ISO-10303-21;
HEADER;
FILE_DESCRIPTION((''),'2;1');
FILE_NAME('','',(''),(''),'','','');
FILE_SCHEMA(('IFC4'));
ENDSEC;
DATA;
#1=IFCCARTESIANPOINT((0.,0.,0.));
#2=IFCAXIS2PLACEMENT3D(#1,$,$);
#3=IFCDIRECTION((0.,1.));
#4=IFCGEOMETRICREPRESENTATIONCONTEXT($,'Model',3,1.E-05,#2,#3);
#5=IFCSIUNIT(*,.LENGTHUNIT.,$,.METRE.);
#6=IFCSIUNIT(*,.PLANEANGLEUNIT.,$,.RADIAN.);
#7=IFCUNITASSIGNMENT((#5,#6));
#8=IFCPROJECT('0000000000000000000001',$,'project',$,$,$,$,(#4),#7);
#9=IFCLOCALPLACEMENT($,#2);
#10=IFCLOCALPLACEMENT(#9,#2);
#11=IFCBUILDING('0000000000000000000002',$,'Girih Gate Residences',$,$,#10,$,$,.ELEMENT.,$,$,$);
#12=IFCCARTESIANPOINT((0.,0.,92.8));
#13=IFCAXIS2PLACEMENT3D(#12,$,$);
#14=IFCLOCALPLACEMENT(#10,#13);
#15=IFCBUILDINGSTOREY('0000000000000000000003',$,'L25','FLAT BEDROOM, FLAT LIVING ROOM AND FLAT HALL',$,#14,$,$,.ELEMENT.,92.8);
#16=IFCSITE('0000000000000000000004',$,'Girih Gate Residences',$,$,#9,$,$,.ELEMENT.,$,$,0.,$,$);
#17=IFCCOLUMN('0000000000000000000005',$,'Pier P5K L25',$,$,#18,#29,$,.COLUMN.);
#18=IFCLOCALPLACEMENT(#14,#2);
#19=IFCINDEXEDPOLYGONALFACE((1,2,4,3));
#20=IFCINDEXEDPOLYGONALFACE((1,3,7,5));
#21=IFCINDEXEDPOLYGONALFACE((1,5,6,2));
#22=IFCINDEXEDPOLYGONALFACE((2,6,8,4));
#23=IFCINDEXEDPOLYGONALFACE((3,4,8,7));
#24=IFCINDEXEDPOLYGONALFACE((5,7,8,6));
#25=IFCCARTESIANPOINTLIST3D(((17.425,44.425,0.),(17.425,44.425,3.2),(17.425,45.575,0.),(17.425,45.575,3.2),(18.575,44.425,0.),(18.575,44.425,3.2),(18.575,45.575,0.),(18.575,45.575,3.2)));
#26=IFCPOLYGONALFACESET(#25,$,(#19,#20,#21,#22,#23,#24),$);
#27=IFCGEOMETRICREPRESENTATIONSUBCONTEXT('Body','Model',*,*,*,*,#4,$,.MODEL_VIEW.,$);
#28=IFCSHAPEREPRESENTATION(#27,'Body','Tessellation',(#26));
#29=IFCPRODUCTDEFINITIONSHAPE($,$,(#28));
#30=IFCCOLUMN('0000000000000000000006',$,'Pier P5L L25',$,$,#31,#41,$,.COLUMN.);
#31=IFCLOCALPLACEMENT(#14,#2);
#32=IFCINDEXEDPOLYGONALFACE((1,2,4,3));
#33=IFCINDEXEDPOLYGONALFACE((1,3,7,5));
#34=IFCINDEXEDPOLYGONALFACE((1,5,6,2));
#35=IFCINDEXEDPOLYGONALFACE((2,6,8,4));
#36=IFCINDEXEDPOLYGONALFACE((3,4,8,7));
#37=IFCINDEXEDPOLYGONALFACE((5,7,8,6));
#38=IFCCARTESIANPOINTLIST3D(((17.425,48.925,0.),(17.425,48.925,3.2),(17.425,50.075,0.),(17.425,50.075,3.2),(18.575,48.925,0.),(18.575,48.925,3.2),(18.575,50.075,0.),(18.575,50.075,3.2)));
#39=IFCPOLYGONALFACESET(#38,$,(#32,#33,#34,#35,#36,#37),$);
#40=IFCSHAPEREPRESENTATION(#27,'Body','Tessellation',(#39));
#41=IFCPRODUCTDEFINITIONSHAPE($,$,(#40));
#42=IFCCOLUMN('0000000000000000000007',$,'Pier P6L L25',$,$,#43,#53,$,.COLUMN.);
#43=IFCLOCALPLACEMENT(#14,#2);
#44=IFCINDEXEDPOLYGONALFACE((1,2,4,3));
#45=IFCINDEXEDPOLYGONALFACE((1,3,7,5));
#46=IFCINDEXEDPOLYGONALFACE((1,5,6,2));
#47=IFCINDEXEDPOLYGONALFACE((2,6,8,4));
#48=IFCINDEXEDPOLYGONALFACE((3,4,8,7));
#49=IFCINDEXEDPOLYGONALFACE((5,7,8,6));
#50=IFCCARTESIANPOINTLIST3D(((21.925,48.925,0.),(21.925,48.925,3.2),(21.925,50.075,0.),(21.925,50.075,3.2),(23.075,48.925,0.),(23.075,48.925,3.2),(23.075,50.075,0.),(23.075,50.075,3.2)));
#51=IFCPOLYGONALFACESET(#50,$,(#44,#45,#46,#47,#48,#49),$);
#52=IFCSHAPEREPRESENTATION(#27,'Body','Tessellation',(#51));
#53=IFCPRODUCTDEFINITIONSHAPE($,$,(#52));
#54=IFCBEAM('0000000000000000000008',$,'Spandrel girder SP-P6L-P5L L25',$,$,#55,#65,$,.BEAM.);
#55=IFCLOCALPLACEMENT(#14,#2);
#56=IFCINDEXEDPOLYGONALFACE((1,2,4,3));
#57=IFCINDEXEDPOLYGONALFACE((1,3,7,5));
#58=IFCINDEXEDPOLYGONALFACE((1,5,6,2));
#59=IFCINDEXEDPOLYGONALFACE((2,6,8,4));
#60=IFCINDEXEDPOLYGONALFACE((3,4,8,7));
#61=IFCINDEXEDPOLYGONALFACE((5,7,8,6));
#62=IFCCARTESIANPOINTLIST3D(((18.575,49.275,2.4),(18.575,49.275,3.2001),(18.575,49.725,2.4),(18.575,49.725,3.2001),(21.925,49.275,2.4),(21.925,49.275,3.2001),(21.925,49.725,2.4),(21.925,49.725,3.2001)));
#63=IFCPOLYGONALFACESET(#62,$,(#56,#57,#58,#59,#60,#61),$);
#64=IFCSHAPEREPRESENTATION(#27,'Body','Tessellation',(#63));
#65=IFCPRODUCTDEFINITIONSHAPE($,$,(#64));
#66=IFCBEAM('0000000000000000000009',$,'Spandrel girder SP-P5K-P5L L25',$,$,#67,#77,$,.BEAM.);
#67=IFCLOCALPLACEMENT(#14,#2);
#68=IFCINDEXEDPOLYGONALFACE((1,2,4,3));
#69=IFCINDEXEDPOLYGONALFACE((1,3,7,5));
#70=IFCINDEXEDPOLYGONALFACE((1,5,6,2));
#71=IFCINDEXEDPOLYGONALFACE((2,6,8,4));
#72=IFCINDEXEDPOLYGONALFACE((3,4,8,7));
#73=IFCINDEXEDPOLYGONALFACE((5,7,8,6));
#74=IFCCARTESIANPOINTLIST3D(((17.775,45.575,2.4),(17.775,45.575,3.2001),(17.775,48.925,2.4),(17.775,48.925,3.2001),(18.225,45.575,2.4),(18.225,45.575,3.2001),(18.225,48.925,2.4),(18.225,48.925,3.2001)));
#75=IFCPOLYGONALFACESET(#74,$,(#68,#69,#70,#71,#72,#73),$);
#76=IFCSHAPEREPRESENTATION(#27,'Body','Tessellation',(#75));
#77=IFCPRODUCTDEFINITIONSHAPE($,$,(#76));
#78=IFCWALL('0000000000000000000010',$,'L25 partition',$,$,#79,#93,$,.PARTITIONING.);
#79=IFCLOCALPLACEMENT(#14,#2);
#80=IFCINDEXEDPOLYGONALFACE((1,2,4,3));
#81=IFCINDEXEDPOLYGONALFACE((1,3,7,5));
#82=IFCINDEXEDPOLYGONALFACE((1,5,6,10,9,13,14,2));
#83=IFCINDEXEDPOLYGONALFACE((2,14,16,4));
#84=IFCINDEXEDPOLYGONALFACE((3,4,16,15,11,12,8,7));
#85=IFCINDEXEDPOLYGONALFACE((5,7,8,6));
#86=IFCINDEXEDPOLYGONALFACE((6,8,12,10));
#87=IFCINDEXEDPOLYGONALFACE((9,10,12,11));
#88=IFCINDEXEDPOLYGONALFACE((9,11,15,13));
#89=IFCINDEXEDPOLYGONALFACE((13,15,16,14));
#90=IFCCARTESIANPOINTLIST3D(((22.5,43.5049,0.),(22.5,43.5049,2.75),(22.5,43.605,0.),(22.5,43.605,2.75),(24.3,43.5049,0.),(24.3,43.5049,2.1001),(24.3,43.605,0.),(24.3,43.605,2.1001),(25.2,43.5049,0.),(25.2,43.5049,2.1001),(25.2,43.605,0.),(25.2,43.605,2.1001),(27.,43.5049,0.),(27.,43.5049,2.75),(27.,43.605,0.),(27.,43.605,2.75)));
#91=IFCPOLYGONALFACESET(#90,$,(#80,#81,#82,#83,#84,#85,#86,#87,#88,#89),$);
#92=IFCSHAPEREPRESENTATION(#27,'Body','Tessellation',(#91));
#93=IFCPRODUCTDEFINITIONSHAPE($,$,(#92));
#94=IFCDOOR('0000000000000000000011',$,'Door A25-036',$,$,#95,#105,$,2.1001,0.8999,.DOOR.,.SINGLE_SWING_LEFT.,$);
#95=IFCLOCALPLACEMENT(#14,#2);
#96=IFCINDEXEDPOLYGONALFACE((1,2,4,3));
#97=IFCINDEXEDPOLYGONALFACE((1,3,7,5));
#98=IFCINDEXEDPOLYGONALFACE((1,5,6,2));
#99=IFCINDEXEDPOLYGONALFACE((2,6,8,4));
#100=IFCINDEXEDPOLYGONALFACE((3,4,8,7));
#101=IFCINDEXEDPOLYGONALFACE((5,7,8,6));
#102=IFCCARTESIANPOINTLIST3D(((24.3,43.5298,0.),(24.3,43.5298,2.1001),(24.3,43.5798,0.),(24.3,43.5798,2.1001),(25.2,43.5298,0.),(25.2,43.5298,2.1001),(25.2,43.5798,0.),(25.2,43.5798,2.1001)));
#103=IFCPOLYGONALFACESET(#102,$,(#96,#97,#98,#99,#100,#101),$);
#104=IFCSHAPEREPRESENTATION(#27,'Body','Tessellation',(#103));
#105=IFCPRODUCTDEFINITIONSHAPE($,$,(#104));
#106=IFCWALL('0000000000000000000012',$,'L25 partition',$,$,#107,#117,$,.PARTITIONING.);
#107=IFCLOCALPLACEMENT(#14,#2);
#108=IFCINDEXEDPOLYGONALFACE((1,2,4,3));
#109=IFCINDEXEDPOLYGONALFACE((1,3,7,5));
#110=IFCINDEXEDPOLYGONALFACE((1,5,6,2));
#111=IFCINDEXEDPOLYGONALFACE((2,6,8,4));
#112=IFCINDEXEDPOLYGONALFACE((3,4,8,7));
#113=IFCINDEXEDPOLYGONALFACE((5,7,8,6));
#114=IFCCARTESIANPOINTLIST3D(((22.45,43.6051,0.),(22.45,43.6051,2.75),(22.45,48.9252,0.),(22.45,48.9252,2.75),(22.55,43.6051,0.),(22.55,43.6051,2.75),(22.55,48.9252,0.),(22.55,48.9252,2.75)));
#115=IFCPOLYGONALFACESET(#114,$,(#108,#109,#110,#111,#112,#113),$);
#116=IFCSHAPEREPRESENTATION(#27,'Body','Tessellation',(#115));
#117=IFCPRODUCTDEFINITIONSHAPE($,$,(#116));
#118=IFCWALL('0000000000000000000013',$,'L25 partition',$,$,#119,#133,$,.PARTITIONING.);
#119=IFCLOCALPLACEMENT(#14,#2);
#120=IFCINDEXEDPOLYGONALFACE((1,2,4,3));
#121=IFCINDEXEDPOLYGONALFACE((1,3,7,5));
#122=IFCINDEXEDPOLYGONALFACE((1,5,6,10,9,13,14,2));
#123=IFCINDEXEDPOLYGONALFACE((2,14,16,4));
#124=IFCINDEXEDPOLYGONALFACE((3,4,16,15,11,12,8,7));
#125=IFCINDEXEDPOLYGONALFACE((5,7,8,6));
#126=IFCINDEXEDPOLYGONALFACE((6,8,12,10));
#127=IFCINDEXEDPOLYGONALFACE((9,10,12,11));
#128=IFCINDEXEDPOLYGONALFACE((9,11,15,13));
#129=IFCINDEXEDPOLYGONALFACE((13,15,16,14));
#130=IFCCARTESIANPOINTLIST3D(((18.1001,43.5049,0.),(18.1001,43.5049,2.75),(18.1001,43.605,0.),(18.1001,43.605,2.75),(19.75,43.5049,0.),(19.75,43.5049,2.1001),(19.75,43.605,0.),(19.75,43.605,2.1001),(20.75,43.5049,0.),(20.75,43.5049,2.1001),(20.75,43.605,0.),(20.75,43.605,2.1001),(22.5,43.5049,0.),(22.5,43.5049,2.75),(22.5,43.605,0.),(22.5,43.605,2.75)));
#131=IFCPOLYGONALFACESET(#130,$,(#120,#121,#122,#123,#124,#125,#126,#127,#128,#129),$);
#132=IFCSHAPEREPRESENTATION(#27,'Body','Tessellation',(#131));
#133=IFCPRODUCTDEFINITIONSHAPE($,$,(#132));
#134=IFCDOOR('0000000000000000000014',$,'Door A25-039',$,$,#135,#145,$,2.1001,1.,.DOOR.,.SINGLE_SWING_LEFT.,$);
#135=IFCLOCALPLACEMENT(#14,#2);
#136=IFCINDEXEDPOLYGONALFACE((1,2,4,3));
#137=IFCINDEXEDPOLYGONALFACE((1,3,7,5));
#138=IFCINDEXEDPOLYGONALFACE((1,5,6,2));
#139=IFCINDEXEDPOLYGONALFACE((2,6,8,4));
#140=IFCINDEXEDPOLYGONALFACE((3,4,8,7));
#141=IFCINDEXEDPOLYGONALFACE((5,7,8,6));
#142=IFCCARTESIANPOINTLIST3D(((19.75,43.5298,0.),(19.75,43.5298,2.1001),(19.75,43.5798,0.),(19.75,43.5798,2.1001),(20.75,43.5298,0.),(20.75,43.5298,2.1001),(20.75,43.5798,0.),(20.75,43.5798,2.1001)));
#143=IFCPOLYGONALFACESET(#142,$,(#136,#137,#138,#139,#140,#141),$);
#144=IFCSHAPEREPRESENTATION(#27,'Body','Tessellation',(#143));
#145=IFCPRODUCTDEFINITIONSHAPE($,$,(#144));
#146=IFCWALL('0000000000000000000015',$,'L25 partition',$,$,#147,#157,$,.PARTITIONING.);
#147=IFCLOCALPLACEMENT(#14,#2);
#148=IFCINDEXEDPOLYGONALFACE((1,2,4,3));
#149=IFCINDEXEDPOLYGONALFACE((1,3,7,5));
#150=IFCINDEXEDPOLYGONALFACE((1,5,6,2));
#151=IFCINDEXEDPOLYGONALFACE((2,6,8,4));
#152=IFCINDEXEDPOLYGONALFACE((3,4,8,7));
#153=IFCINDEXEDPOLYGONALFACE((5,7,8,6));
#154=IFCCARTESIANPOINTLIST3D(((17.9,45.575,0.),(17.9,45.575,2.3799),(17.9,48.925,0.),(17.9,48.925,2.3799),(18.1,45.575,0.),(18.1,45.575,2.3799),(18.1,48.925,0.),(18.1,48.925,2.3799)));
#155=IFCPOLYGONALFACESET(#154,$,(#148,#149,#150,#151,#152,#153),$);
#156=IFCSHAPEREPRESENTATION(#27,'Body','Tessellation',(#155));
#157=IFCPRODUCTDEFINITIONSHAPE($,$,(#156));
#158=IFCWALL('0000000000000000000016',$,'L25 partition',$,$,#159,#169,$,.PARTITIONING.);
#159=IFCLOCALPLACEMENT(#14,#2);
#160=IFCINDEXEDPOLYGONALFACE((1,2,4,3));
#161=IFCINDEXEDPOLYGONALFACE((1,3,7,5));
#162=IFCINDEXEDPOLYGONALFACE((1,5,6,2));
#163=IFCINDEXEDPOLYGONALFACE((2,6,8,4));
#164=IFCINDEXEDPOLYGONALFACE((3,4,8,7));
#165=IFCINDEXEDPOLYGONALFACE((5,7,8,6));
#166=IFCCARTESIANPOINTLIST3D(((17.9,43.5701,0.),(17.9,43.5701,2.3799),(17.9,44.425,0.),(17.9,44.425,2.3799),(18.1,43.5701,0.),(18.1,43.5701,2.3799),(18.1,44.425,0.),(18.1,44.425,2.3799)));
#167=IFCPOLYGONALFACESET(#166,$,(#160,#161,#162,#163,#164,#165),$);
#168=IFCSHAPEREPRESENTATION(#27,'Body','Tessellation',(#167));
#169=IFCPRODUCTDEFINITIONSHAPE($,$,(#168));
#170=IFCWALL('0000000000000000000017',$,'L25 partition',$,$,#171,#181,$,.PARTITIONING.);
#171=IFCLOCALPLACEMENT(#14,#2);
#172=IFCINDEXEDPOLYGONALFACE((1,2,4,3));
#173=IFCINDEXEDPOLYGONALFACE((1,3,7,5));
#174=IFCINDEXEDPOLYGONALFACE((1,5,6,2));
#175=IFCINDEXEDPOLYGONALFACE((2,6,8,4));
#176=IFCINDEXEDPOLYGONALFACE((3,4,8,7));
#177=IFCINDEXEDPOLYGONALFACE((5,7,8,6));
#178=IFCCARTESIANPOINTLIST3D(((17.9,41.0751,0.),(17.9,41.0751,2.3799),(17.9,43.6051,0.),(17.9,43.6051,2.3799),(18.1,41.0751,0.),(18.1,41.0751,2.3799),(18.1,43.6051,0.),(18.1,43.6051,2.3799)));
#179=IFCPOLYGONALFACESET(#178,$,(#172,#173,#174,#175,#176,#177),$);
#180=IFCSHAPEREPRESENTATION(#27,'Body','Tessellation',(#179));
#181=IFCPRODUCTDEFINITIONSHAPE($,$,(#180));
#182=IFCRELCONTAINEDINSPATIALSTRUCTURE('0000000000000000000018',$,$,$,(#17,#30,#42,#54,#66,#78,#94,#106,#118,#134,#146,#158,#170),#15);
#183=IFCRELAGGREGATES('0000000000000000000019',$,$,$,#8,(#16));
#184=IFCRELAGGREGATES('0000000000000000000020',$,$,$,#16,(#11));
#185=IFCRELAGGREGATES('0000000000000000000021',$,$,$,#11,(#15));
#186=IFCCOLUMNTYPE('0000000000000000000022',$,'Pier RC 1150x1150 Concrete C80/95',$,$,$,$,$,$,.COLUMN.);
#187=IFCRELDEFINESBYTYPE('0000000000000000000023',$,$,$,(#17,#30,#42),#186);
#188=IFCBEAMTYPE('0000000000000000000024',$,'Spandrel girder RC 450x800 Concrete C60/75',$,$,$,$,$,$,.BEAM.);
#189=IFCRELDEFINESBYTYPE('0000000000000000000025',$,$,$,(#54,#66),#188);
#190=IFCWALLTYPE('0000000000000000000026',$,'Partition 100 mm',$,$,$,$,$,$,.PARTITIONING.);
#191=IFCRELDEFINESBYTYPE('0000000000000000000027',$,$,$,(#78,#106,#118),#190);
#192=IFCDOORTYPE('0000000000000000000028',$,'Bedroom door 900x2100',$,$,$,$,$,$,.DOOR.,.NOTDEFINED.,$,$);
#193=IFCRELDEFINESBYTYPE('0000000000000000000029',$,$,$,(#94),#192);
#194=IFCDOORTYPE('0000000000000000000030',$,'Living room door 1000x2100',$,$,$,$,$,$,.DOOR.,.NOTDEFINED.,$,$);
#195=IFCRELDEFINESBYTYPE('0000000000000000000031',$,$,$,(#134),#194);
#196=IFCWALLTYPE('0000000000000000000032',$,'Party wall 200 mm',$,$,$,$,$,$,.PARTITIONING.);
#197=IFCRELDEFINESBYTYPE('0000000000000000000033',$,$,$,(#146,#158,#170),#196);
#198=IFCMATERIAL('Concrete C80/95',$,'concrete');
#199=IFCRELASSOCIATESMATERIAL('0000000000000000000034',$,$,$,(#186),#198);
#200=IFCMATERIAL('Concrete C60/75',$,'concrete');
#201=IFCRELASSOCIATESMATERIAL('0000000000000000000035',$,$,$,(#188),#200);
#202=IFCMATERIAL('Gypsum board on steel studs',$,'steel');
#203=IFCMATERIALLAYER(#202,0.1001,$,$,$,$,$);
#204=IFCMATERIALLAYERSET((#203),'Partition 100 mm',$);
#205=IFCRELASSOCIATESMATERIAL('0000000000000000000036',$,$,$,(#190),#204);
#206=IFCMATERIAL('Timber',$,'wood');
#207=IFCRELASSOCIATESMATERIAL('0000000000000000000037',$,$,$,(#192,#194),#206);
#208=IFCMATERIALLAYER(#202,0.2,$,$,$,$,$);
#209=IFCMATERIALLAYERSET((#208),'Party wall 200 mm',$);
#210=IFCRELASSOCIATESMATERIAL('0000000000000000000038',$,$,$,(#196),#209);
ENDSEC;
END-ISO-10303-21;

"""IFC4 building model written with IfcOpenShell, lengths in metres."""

from ifc_helpers import new_model, si_unit, direction, frame, frame_2d, origin, origin_2d, place, context, subcontext, project, spatial, rectangle, extrude, material, layer, layer_set, material_profile, profile_set, type_object, element, fill, save


model = new_model("IFC4")

# Units and contexts
model_context = context("Model", 3, precision=1e-05, world=origin(), true_north=direction((0.0, 1.0)))
body_context = subcontext(model_context, "Body", "Model", "MODEL_VIEW")
ifc_project = project(units=[si_unit("LENGTHUNIT", "METRE"), si_unit("PLANEANGLEUNIT", "RADIAN")], contexts=[model_context])

# Site, building, storey
site_placement = place(None, origin())
site = spatial("IfcSite", under=ifc_project, at=site_placement, Name="Girih Gate Residences", CompositionType="ELEMENT", RefElevation=0.0)
building_placement = place(site_placement, origin())
building = spatial("IfcBuilding", under=site, at=building_placement, Name="Girih Gate Residences", CompositionType="ELEMENT")
storey_placement = place(building_placement, frame((0.0, 0.0, 92.8)))
storey = spatial("IfcBuildingStorey", under=building, at=storey_placement, Name="L25", Description="FLAT BEDROOM, FLAT LIVING ROOM AND FLAT HALL", CompositionType="ELEMENT", Elevation=92.8)

# Columns
ifc_material_1 = material(Name="Concrete C80/95", Category="concrete")
ifc_material_profile_1 = material_profile(ifc_material_1, rectangle(XDim=1.1499, YDim=1.1499, at=origin_2d()))
ifc_profile_set_1 = profile_set([ifc_material_profile_1], Name="Concrete C80/95")
column_type = type_object("IfcColumnType", Name="Pier RC 1150x1150 Concrete C80/95", PredefinedType="COLUMN", material=ifc_profile_set_1)
for number, where, z_axis, x_axis, name in (
    (1, (18.0, 45.0, 0.0), (0.0, 0.0, 1.0), (1.0, 0.0, 0.0), "Pier P5K L25"),
    (2, (18.0, 49.5, 0.0), (0.0, 0.0, 1.0), (1.0, 0.0, 0.0), "Pier P5L L25"),
    (3, (22.5, 49.5, 0.0), (0.0, 0.0, 1.0), (1.0, 0.0, 0.0), "Pier P6L L25"),
):
    element("IfcColumn", number, at=place(storey_placement, frame(where, z_axis=z_axis, x_axis=x_axis)), inside=storey, type_object=column_type, Name=name, PredefinedType="COLUMN", context=body_context, shape_type="SweptSolid", body=[
        extrude(rectangle(XDim=1.1499, YDim=1.1499, at=origin_2d()), origin(), (0.0, 0.0, 1.0), 3.2),
    ])

# Beams
ifc_material_2 = material(Name="Concrete C60/75", Category="concrete")
ifc_material_profile_2 = material_profile(ifc_material_2, rectangle(XDim=0.45, YDim=0.8, at=origin_2d()))
ifc_profile_set_2 = profile_set([ifc_material_profile_2], Name="Concrete C60/75")
beam_type = type_object("IfcBeamType", Name="Spandrel girder RC 450x800 Concrete C60/75", PredefinedType="BEAM", material=ifc_profile_set_2)
for number, where, z_axis, x_axis, name in (
    (4, (21.925, 49.5, 2.8), (-1.0, 0.0, 0.0), (0.0, -1.0, 0.0), "Spandrel girder SP-P6L-P5L L25"),
    (5, (18.0, 45.575, 2.8), (0.0, 1.0, 0.0), (-1.0, 0.0, 0.0), "Spandrel girder SP-P5K-P5L L25"),
):
    element("IfcBeam", number, at=place(storey_placement, frame(where, z_axis=z_axis, x_axis=x_axis)), inside=storey, type_object=beam_type, Name=name, PredefinedType="BEAM", context=body_context, shape_type="SweptSolid", body=[
        extrude(rectangle(XDim=0.45, YDim=0.8, at=origin_2d()), origin(), (0.0, 0.0, 1.0), 3.3501),
    ])

# Wall, opening, door
ifc_material_3 = material(Name="Gypsum board on steel studs", Category="steel")
ifc_layer_1 = layer(ifc_material_3, 0.1001)
ifc_layer_set_1 = layer_set([ifc_layer_1], Name="Partition 100 mm")
wall_type_1 = type_object("IfcWallType", Name="Partition 100 mm", PredefinedType="PARTITIONING", material=ifc_layer_set_1)
wall_1_placement = place(storey_placement, frame((22.5, 43.5549, 0.0), z_axis=(0.0, 0.0, 1.0), x_axis=(1.0, 0.0, 0.0)))
wall_1 = element("IfcWall", 6, at=wall_1_placement, inside=storey, type_object=wall_type_1, Name="L25 partition", PredefinedType="PARTITIONING", context=body_context, shape_type="SweptSolid", body=[
    extrude(rectangle(XDim=4.5, YDim=0.1001, at=frame_2d((2.25, 0.0))), origin(), (0.0, 0.0, 1.0), 2.75),
])
opening_1_placement = place(wall_1_placement, frame((1.8, 0.0, 0.0)))
opening_1 = element("IfcOpeningElement", 7, at=opening_1_placement, cuts=wall_1, PredefinedType="OPENING", context=body_context, shape_type="SweptSolid", body=[
    extrude(rectangle(XDim=0.8999, YDim=2.1001, at=frame_2d((0.45, 1.05))), frame((0.0, 0.0601, 0.0), z_axis=(0.0, -1.0, 0.0), x_axis=(1.0, 0.0, 0.0)), (0.0, 0.0, 1.0), 0.1201),
])
ifc_material_4 = material(Name="Timber", Category="wood")
door_type_1 = type_object("IfcDoorType", Name="Bedroom door 900x2100", OperationType="NOTDEFINED", PredefinedType="DOOR", material=ifc_material_4)
door_1_placement = place(opening_1_placement, origin())
door_1 = element("IfcDoor", 8, at=door_1_placement, inside=storey, type_object=door_type_1, Name="Door A25-036", OperationType="SINGLE_SWING_LEFT", OverallHeight=2.1001, OverallWidth=0.8999, PredefinedType="DOOR", context=body_context, shape_type="SweptSolid", body=[
    extrude(rectangle(XDim=0.8999, YDim=2.1001, at=frame_2d((0.45, 1.05))), frame((0.0, 0.0249, 0.0), z_axis=(0.0, -1.0, 0.0), x_axis=(1.0, 0.0, 0.0)), (0.0, 0.0, 1.0), 0.05),
])
fill(opening_1, door_1)

# Wall
wall_2_placement = place(storey_placement, frame((22.5, 43.605, 0.0), z_axis=(0.0, 0.0, 1.0), x_axis=(0.0, 1.0, 0.0)))
element("IfcWall", 9, at=wall_2_placement, inside=storey, type_object=wall_type_1, Name="L25 partition", PredefinedType="PARTITIONING", context=body_context, shape_type="SweptSolid", body=[
    extrude(rectangle(XDim=5.3201, YDim=0.1001, at=frame_2d((2.6602, 0.0))), origin(), (0.0, 0.0, 1.0), 2.75),
])

# Wall, opening, door
wall_3_placement = place(storey_placement, frame((18.1001, 43.5549, 0.0), z_axis=(0.0, 0.0, 1.0), x_axis=(1.0, 0.0, 0.0)))
wall_3 = element("IfcWall", 10, at=wall_3_placement, inside=storey, type_object=wall_type_1, Name="L25 partition", PredefinedType="PARTITIONING", context=body_context, shape_type="SweptSolid", body=[
    extrude(rectangle(XDim=4.3999, YDim=0.1001, at=frame_2d((2.2, 0.0))), origin(), (0.0, 0.0, 1.0), 2.75),
])
opening_2_placement = place(wall_3_placement, frame((1.6499, 0.0, 0.0)))
opening_2 = element("IfcOpeningElement", 11, at=opening_2_placement, cuts=wall_3, PredefinedType="OPENING", context=body_context, shape_type="SweptSolid", body=[
    extrude(rectangle(XDim=1.0, YDim=2.1001, at=frame_2d((0.5, 1.05))), frame((0.0, 0.0601, 0.0), z_axis=(0.0, -1.0, 0.0), x_axis=(1.0, 0.0, 0.0)), (0.0, 0.0, 1.0), 0.1201),
])
door_type_2 = type_object("IfcDoorType", Name="Living room door 1000x2100", OperationType="NOTDEFINED", PredefinedType="DOOR", material=ifc_material_4)
door_2_placement = place(opening_2_placement, origin())
door_2 = element("IfcDoor", 12, at=door_2_placement, inside=storey, type_object=door_type_2, Name="Door A25-039", OperationType="SINGLE_SWING_LEFT", OverallHeight=2.1001, OverallWidth=1.0, PredefinedType="DOOR", context=body_context, shape_type="SweptSolid", body=[
    extrude(rectangle(XDim=1.0, YDim=2.1001, at=frame_2d((0.5, 1.05))), frame((0.0, 0.0249, 0.0), z_axis=(0.0, -1.0, 0.0), x_axis=(1.0, 0.0, 0.0)), (0.0, 0.0, 1.0), 0.05),
])
fill(opening_2, door_2)

# Walls
ifc_layer_2 = layer(ifc_material_3, 0.2)
ifc_layer_set_2 = layer_set([ifc_layer_2], Name="Party wall 200 mm")
wall_type_2 = type_object("IfcWallType", Name="Party wall 200 mm", PredefinedType="PARTITIONING", material=ifc_layer_set_2)
wall_4_placement = place(storey_placement, frame((18.0, 45.575, 0.0), z_axis=(0.0, 0.0, 1.0), x_axis=(0.0, 1.0, 0.0)))
element("IfcWall", 13, at=wall_4_placement, inside=storey, type_object=wall_type_2, Name="L25 partition", PredefinedType="PARTITIONING", context=body_context, shape_type="SweptSolid", body=[
    extrude(rectangle(XDim=3.3501, YDim=0.2, at=frame_2d((1.675, 0.0))), origin(), (0.0, 0.0, 1.0), 2.3799),
])
wall_5_placement = place(storey_placement, frame((18.0, 43.5701, 0.0), z_axis=(0.0, 0.0, 1.0), x_axis=(0.0, 1.0, 0.0)))
element("IfcWall", 14, at=wall_5_placement, inside=storey, type_object=wall_type_2, Name="L25 partition", PredefinedType="PARTITIONING", context=body_context, shape_type="SweptSolid", body=[
    extrude(rectangle(XDim=0.855, YDim=0.2, at=frame_2d((0.4275, 0.0))), origin(), (0.0, 0.0, 1.0), 2.3799),
])
wall_6_placement = place(storey_placement, frame((18.0, 41.075, 0.0), z_axis=(0.0, 0.0, 1.0), x_axis=(0.0, 1.0, 0.0)))
element("IfcWall", 15, at=wall_6_placement, inside=storey, type_object=wall_type_2, Name="L25 partition", PredefinedType="PARTITIONING", context=body_context, shape_type="SweptSolid", body=[
    extrude(rectangle(XDim=2.53, YDim=0.2, at=frame_2d((1.2651, 0.0))), origin(), (0.0, 0.0, 1.0), 2.3799),
])

save(model, "model.ifc")
